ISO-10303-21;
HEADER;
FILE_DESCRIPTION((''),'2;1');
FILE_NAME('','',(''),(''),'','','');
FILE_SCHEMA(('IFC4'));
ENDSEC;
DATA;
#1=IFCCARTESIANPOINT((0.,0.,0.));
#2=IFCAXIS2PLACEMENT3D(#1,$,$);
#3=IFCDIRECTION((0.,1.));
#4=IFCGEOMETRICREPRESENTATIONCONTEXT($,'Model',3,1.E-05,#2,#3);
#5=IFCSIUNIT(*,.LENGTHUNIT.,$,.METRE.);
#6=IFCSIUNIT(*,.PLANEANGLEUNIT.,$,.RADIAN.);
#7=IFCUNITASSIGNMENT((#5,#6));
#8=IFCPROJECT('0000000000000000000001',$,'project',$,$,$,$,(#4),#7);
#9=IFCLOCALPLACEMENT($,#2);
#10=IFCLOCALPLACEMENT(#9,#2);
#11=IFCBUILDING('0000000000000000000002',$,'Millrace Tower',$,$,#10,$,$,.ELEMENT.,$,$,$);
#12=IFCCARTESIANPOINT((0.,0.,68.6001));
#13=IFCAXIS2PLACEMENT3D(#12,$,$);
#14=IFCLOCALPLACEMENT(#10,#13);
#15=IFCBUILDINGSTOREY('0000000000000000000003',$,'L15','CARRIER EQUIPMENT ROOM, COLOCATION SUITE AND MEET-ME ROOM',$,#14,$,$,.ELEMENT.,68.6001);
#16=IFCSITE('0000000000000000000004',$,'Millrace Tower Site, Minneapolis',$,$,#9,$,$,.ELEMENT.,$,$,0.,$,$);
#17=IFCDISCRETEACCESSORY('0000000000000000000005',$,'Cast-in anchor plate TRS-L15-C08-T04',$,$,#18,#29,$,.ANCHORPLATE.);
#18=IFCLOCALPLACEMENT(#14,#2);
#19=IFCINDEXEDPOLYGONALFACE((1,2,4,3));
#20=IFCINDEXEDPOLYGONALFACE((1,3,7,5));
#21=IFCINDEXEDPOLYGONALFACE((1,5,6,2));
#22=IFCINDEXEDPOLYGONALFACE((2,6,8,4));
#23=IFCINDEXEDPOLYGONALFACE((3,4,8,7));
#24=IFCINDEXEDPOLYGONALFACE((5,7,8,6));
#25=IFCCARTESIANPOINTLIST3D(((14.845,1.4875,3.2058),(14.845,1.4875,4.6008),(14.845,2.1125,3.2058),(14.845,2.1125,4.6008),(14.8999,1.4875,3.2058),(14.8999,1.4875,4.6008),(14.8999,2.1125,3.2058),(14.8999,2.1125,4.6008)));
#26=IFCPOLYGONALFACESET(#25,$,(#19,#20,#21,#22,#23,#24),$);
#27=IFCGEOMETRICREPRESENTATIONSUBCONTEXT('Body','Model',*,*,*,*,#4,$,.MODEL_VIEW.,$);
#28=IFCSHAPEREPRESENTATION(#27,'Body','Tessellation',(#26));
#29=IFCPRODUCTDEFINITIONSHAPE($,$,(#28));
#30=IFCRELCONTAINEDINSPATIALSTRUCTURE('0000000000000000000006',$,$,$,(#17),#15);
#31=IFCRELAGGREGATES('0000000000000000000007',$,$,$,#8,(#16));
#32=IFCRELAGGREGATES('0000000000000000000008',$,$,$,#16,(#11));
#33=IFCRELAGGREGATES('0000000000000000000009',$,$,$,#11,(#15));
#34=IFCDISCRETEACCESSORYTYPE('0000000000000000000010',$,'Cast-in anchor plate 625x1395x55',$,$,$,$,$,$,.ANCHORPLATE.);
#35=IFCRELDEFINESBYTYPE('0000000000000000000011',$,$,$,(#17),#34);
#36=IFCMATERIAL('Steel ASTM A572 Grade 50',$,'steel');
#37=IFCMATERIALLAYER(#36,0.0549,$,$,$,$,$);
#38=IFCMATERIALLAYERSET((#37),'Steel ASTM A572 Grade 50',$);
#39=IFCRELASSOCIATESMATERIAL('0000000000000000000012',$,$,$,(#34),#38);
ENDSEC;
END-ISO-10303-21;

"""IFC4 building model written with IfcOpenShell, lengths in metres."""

from ifc_helpers import new_model, si_unit, direction, frame, origin, origin_2d, place, context, subcontext, project, spatial, rectangle, extrude, material, layer, layer_set, type_object, element, save


model = new_model("IFC4")

# Units and contexts
model_context = context("Model", 3, precision=1e-05, world=origin(), true_north=direction((0.0, 1.0)))
body_context = subcontext(model_context, "Body", "Model", "MODEL_VIEW")
ifc_project = project(units=[si_unit("LENGTHUNIT", "METRE"), si_unit("PLANEANGLEUNIT", "RADIAN")], contexts=[model_context])

# Site, building, storey
site_placement = place(None, origin())
site = spatial("IfcSite", under=ifc_project, at=site_placement, Name="Millrace Tower Site, Minneapolis", CompositionType="ELEMENT", RefElevation=0.0)
building_placement = place(site_placement, origin())
building = spatial("IfcBuilding", under=site, at=building_placement, Name="Millrace Tower", CompositionType="ELEMENT")
storey_placement = place(building_placement, frame((0.0, 0.0, 68.6001)))
storey = spatial("IfcBuildingStorey", under=building, at=storey_placement, Name="L15", Description="CARRIER EQUIPMENT ROOM, COLOCATION SUITE AND MEET-ME ROOM", CompositionType="ELEMENT", Elevation=68.6001)

# Discrete accessory
ifc_material_1 = material(Name="Steel ASTM A572 Grade 50", Category="steel")
ifc_layer_1 = layer(ifc_material_1, 0.0549)
ifc_layer_set_1 = layer_set([ifc_layer_1], Name="Steel ASTM A572 Grade 50")
discrete_accessory_type = type_object("IfcDiscreteAccessoryType", Name="Cast-in anchor plate 625x1395x55", PredefinedType="ANCHORPLATE", material=ifc_layer_set_1)
discrete_accessory_placement = place(storey_placement, frame((14.845, 1.8, 3.9033), z_axis=(1.0, 0.0, 0.0), x_axis=(0.0, 1.0, 0.0)))
element("IfcDiscreteAccessory", 1, at=discrete_accessory_placement, inside=storey, type_object=discrete_accessory_type, Name="Cast-in anchor plate TRS-L15-C08-T04", PredefinedType="ANCHORPLATE", context=body_context, shape_type="SweptSolid", body=[
    extrude(rectangle(XDim=0.625, YDim=1.395, at=origin_2d()), origin(), (0.0, 0.0, 1.0), 0.0549),
])

save(model, "model.ifc")
